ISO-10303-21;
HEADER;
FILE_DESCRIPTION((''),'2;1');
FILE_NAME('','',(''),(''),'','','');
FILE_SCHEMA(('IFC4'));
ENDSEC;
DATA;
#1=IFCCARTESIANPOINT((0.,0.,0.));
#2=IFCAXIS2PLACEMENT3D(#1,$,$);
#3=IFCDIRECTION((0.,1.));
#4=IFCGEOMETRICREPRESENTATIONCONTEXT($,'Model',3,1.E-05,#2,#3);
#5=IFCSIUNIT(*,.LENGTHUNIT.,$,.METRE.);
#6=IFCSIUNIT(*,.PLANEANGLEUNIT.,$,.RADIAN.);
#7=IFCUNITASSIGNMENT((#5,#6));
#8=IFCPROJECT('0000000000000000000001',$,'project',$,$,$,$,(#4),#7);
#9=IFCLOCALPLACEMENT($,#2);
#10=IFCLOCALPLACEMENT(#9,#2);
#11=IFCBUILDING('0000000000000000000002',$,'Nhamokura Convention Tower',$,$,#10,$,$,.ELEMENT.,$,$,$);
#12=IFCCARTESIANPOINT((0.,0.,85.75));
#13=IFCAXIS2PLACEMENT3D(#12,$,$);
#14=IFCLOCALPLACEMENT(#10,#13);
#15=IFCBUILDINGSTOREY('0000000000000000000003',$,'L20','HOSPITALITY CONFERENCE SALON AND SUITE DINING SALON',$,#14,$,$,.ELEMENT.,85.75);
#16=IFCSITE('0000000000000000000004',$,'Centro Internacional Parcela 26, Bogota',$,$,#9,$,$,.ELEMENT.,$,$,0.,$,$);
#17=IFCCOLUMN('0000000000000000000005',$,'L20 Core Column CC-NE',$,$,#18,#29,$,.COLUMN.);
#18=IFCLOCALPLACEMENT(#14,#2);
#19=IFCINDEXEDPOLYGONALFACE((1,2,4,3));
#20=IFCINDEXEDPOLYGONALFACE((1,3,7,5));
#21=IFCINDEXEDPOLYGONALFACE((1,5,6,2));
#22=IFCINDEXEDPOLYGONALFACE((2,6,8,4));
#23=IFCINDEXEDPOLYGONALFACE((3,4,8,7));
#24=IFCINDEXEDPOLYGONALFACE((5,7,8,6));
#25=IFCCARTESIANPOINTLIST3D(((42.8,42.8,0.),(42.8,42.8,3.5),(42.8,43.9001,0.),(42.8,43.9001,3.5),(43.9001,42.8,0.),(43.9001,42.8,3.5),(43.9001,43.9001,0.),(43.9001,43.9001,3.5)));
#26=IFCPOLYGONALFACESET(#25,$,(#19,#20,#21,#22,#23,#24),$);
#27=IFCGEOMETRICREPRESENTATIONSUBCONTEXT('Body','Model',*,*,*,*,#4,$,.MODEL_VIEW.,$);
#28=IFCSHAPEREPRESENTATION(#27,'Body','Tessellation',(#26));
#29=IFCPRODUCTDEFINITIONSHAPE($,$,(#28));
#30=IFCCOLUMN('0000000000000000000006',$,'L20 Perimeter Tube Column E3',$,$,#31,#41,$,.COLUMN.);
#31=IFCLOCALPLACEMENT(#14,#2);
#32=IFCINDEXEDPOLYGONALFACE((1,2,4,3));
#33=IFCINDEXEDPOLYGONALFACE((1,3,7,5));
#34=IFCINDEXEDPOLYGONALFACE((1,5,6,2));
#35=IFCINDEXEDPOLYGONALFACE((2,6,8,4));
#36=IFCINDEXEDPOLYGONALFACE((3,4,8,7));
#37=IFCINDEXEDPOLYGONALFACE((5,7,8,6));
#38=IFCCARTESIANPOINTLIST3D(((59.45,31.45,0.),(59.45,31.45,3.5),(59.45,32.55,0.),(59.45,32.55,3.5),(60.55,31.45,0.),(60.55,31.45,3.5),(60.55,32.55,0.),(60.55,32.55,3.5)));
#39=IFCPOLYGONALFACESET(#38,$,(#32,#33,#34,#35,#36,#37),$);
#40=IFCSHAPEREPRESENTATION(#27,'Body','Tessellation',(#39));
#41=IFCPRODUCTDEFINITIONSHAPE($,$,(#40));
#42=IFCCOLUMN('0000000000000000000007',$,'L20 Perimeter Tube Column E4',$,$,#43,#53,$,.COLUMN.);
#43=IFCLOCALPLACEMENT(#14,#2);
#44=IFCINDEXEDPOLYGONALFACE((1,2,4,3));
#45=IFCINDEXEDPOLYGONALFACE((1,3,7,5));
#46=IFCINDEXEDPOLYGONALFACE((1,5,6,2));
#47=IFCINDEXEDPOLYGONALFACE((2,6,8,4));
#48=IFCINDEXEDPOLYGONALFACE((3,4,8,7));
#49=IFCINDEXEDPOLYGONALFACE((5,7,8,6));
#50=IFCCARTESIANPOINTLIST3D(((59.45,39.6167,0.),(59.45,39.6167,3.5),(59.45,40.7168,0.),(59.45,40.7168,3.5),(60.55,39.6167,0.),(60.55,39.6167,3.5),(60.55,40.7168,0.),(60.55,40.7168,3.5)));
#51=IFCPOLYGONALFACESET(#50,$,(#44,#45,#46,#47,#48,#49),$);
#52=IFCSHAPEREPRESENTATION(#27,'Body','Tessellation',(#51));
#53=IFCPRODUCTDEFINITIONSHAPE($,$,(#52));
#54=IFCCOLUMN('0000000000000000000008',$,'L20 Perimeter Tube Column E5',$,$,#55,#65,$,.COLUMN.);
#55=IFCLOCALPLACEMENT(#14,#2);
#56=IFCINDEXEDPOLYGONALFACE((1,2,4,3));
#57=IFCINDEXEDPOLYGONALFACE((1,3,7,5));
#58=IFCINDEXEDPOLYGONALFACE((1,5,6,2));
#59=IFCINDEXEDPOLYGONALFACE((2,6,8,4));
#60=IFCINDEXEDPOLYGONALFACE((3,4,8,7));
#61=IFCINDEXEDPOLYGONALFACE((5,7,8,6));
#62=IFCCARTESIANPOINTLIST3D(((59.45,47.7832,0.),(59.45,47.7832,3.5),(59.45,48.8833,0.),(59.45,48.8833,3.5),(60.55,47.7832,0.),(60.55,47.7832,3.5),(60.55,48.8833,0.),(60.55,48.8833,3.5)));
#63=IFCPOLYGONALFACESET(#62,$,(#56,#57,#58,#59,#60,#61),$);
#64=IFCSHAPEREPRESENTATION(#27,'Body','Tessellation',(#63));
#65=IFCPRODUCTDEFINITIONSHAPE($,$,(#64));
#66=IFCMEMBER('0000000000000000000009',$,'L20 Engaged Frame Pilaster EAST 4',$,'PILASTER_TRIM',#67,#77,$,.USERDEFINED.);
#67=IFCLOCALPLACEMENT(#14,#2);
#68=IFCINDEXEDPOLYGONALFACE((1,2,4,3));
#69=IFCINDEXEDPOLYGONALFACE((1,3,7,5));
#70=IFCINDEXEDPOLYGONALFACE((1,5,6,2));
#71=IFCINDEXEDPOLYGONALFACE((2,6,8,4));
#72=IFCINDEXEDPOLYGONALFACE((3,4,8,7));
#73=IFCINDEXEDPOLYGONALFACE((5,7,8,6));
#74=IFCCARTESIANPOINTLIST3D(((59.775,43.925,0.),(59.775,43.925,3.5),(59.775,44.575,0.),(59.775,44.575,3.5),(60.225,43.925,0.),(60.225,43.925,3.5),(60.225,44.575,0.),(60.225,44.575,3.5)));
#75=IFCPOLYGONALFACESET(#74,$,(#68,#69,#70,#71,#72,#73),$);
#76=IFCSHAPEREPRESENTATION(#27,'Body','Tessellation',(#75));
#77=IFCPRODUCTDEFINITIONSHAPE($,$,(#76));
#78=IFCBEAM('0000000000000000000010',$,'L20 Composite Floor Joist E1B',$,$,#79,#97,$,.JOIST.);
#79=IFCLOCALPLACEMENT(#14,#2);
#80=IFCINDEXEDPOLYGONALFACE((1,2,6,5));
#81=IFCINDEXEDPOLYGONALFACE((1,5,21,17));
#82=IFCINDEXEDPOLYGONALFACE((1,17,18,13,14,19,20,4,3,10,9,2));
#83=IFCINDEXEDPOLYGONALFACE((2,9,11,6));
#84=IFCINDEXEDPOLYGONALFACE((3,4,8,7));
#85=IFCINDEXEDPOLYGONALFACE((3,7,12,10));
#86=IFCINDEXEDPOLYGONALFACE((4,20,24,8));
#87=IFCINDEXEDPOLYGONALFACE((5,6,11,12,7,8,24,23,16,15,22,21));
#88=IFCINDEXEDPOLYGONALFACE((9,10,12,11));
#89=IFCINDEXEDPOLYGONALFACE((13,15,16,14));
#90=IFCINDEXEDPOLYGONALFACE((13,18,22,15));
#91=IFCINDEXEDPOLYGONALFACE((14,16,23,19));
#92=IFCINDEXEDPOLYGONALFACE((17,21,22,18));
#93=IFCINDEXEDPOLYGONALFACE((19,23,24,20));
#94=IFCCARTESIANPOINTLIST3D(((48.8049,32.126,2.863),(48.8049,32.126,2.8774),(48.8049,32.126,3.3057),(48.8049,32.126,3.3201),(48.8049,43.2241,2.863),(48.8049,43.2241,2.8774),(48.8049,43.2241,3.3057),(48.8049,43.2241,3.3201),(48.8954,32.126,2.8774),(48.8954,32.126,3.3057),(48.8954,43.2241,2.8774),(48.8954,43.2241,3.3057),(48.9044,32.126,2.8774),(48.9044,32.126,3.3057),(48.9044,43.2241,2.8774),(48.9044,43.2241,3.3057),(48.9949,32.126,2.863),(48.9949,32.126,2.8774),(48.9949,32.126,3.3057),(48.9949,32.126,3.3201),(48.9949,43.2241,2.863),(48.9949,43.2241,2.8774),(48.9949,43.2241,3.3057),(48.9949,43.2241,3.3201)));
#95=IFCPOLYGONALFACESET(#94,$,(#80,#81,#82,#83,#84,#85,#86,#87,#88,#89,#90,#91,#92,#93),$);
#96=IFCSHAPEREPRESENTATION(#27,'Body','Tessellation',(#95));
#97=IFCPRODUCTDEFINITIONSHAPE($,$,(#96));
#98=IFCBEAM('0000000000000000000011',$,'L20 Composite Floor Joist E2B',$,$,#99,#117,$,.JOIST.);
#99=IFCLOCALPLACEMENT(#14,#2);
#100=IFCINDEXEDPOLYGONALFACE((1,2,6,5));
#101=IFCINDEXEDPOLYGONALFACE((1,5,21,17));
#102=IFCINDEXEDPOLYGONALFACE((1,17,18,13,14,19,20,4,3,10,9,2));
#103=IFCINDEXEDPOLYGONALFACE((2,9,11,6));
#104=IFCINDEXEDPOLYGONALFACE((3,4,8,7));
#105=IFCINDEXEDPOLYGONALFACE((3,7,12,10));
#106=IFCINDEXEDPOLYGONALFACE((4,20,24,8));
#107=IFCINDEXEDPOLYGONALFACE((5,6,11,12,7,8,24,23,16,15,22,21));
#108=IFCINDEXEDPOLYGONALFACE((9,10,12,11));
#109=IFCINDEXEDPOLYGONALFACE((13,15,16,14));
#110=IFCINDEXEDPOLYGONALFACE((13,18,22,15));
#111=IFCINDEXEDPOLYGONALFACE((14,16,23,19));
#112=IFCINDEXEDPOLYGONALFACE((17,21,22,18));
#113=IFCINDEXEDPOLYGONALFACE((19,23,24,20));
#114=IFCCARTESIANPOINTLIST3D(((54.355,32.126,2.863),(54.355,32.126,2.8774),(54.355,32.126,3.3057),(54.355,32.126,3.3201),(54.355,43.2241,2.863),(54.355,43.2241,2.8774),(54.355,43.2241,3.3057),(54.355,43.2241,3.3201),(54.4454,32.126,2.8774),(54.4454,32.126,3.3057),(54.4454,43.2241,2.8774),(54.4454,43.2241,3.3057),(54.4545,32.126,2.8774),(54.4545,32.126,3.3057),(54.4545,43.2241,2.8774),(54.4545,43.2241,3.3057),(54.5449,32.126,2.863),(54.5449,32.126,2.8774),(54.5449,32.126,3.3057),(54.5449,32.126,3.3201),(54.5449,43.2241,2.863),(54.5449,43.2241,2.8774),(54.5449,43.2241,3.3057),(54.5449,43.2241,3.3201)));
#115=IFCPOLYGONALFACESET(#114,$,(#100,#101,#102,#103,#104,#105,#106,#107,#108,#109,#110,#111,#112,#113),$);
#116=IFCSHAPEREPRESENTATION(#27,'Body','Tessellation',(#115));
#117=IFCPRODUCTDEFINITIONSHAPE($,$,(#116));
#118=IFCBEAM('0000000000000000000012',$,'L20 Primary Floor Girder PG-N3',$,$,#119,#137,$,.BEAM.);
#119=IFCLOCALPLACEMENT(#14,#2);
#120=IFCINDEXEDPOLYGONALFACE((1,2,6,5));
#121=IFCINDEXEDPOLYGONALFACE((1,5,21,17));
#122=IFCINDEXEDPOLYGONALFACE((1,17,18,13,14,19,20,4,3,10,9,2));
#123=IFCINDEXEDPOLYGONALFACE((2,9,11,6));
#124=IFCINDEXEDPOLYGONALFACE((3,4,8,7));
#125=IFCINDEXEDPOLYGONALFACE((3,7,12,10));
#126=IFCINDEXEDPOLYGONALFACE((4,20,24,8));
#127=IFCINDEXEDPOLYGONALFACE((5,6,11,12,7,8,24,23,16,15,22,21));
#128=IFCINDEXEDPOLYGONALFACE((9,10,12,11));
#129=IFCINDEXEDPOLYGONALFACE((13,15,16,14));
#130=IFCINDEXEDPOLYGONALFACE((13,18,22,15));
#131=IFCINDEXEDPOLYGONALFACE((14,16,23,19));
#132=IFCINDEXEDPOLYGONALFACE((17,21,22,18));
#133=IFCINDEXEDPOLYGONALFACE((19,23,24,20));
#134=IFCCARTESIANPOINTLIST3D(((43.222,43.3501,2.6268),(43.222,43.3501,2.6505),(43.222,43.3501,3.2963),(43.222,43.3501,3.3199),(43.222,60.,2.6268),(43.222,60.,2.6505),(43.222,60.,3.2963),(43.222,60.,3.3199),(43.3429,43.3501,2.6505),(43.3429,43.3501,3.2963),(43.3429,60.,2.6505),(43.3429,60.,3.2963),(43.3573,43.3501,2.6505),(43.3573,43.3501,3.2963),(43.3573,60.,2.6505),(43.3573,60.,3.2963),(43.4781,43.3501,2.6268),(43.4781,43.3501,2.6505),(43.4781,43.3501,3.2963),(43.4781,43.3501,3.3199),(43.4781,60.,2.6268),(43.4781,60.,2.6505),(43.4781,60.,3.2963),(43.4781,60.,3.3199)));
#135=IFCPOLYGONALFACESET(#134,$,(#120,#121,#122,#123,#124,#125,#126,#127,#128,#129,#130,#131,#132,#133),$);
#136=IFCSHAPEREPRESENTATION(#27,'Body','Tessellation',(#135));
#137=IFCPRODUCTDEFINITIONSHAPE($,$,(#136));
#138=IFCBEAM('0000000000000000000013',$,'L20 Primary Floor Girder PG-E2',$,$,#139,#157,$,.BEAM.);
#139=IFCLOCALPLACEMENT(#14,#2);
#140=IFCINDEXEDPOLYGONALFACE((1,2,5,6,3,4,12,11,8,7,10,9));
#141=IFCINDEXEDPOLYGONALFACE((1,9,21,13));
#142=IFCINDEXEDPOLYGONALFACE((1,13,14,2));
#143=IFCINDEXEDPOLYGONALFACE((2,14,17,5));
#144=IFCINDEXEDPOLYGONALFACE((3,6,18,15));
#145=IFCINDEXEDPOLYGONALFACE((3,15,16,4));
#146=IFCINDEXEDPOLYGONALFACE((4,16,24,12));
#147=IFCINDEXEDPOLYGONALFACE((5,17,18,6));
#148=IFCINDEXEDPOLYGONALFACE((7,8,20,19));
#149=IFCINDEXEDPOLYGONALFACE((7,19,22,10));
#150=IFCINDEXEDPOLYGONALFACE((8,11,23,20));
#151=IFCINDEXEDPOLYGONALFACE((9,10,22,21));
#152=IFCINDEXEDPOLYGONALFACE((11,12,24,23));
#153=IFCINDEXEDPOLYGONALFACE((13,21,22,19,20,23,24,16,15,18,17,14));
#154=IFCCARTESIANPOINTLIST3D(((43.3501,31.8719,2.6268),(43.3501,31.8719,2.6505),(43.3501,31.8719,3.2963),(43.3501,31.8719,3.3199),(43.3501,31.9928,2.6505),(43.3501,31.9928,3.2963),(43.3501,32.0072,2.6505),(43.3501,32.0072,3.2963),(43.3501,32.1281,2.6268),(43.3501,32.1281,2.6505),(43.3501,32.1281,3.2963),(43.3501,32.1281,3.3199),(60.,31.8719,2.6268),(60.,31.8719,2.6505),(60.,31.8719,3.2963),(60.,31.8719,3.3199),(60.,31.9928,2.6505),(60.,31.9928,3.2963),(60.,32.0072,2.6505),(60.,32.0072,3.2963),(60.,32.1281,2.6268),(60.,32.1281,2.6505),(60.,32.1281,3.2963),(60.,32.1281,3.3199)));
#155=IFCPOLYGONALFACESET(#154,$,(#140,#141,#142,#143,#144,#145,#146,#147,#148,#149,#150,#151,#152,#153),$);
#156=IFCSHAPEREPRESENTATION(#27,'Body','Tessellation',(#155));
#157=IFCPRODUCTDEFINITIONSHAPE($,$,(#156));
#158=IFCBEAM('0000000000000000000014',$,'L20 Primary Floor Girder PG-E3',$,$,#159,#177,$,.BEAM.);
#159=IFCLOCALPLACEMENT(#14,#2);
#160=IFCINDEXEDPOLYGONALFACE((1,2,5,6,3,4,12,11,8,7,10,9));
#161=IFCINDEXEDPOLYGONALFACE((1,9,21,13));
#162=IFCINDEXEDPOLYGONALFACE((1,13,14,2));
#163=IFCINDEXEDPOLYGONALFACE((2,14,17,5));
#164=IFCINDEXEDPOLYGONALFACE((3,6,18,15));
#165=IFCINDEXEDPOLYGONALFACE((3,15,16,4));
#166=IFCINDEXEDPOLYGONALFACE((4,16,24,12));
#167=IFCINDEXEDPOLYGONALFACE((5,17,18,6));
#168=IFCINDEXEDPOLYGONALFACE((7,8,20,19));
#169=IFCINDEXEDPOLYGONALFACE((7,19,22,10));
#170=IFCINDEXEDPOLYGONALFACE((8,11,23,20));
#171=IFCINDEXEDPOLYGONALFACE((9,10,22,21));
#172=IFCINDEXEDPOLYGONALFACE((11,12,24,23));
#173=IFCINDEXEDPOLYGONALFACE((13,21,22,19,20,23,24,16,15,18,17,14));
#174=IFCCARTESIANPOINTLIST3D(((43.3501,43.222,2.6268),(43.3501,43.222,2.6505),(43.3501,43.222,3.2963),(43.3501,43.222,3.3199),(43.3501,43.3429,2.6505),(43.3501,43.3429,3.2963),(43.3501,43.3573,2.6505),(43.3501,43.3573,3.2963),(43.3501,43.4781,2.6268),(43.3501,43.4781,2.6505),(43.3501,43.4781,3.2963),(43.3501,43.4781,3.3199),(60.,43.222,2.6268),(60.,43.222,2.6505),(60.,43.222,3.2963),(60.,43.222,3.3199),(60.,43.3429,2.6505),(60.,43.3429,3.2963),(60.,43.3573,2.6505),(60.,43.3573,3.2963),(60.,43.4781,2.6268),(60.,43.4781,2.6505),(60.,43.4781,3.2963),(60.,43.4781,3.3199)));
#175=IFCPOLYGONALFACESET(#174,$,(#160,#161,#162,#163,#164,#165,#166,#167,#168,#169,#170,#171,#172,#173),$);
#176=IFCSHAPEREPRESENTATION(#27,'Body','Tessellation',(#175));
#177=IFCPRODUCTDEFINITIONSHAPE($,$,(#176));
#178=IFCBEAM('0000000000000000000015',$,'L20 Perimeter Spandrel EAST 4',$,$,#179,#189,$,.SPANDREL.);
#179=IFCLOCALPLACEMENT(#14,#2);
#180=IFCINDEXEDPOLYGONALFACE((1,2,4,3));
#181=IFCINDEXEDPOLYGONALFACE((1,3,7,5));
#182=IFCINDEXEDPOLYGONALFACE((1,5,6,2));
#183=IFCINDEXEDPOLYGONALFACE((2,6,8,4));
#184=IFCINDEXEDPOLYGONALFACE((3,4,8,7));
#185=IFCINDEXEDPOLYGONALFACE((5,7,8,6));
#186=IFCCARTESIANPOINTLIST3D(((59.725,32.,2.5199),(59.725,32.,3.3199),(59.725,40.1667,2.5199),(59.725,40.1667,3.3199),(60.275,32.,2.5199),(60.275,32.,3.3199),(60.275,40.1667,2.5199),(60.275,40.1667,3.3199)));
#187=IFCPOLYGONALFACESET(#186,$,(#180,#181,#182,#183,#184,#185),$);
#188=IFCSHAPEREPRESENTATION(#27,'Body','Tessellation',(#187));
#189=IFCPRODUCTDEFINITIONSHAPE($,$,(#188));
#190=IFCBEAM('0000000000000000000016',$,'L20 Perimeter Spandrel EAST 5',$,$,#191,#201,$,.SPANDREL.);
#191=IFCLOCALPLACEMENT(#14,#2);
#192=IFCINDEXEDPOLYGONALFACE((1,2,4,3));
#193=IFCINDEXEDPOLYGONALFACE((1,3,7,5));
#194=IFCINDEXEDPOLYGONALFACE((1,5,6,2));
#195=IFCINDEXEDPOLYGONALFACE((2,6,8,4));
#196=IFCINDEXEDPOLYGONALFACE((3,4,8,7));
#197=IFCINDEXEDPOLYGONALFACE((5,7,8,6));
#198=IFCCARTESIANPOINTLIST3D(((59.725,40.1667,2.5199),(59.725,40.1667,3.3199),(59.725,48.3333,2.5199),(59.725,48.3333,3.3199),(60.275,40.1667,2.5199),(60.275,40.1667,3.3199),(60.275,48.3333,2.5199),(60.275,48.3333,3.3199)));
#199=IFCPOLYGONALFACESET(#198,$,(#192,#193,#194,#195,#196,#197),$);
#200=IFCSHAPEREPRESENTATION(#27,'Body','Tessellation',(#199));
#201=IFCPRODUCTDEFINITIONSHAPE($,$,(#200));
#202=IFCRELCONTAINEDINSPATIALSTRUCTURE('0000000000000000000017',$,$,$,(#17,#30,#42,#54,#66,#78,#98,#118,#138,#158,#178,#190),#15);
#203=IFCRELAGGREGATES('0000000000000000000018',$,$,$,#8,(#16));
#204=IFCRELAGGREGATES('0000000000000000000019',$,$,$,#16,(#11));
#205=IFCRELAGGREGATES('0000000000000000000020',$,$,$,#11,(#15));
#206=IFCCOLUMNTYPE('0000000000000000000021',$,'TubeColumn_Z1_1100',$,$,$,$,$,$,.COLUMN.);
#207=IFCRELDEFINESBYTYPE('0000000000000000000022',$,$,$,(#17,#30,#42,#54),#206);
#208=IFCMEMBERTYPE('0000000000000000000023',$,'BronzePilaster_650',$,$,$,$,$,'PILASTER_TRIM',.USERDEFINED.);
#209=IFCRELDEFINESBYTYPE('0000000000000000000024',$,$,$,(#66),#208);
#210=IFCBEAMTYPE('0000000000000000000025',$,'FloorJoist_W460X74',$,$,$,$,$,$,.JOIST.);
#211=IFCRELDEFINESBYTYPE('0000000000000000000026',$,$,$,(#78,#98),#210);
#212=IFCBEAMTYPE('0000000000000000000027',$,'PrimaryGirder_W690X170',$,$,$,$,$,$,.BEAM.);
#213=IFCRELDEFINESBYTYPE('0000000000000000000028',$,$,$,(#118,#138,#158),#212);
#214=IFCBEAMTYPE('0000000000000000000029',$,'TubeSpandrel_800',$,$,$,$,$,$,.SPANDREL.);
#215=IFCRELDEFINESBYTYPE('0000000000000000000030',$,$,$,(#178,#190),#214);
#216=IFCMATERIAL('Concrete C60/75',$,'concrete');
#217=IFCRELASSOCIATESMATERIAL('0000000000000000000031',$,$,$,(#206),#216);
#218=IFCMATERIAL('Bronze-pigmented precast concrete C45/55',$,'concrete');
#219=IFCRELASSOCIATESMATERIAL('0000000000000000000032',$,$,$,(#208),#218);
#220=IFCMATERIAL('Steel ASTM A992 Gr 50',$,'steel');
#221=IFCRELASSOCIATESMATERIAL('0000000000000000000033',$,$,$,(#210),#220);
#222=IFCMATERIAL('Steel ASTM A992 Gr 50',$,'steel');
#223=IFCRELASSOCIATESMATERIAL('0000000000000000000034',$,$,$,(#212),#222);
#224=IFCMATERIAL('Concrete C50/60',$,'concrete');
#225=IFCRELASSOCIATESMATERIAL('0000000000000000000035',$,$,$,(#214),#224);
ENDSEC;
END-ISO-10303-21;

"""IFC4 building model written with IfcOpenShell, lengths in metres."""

from ifc_helpers import new_model, si_unit, direction, frame, origin, origin_2d, place, context, subcontext, project, spatial, rectangle, i_section, extrude, material, material_profile, profile_set, type_object, element, save


model = new_model("IFC4")

# Units and contexts
model_context = context("Model", 3, precision=1e-05, world=origin(), true_north=direction((0.0, 1.0)))
body_context = subcontext(model_context, "Body", "Model", "MODEL_VIEW")
ifc_project = project(units=[si_unit("LENGTHUNIT", "METRE"), si_unit("PLANEANGLEUNIT", "RADIAN")], contexts=[model_context])

# Site, building, storey
site_placement = place(None, origin())
site = spatial("IfcSite", under=ifc_project, at=site_placement, Name="Centro Internacional Parcela 26, Bogota", CompositionType="ELEMENT", RefElevation=0.0)
building_placement = place(site_placement, origin())
building = spatial("IfcBuilding", under=site, at=building_placement, Name="Nhamokura Convention Tower", CompositionType="ELEMENT")
storey_placement = place(building_placement, frame((0.0, 0.0, 85.75)))
storey = spatial("IfcBuildingStorey", under=building, at=storey_placement, Name="L20", Description="HOSPITALITY CONFERENCE SALON AND SUITE DINING SALON", CompositionType="ELEMENT", Elevation=85.75)

# Columns
ifc_material_1 = material(Name="Concrete C60/75", Category="concrete")
ifc_material_profile_1 = material_profile(ifc_material_1, rectangle(XDim=1.1001, YDim=1.1001, at=origin_2d()))
ifc_profile_set_1 = profile_set([ifc_material_profile_1], Name="Concrete C60/75")
column_type = type_object("IfcColumnType", Name="TubeColumn_Z1_1100", PredefinedType="COLUMN", material=ifc_profile_set_1)
for number, where, z_axis, x_axis, name in (
    (1, (43.3501, 43.3501, 0.0), (0.0, 0.0, 1.0), (1.0, 0.0, 0.0), "L20 Core Column CC-NE"),
    (2, (60.0, 32.0, 0.0), (0.0, 0.0, 1.0), (1.0, 0.0, 0.0), "L20 Perimeter Tube Column E3"),
    (3, (60.0, 40.1667, 0.0), (0.0, 0.0, 1.0), (1.0, 0.0, 0.0), "L20 Perimeter Tube Column E4"),
    (4, (60.0, 48.3333, 0.0), (0.0, 0.0, 1.0), (1.0, 0.0, 0.0), "L20 Perimeter Tube Column E5"),
):
    element("IfcColumn", number, at=place(storey_placement, frame(where, z_axis=z_axis, x_axis=x_axis)), inside=storey, type_object=column_type, Name=name, PredefinedType="COLUMN", context=body_context, shape_type="SweptSolid", body=[
        extrude(rectangle(XDim=1.1001, YDim=1.1001, at=origin_2d()), origin(), (0.0, 0.0, 1.0), 3.5),
    ])

# Member
ifc_material_2 = material(Name="Bronze-pigmented precast concrete C45/55", Category="concrete")
ifc_material_profile_2 = material_profile(ifc_material_2, rectangle(XDim=0.45, YDim=0.6499, at=origin_2d()))
ifc_profile_set_2 = profile_set([ifc_material_profile_2], Name="Bronze-pigmented precast concrete C45/55")
member_type = type_object("IfcMemberType", Name="BronzePilaster_650", ElementType="PILASTER_TRIM", PredefinedType="USERDEFINED", material=ifc_profile_set_2)
member_placement = place(storey_placement, frame((60.0, 44.25, 0.0), z_axis=(0.0, 0.0, 1.0), x_axis=(1.0, 0.0, 0.0)))
element("IfcMember", 5, at=member_placement, inside=storey, type_object=member_type, Name="L20 Engaged Frame Pilaster EAST 4", ObjectType="PILASTER_TRIM", PredefinedType="USERDEFINED", context=body_context, shape_type="SweptSolid", body=[
    extrude(rectangle(XDim=0.45, YDim=0.6499, at=origin_2d()), origin(), (0.0, 0.0, 1.0), 3.5),
])

# Beams
ifc_material_3 = material(Name="Steel ASTM A992 Gr 50", Category="steel")
ifc_material_profile_3 = material_profile(ifc_material_3, i_section(OverallWidth=0.1899, OverallDepth=0.457, WebThickness=0.009, FlangeThickness=0.0144, at=origin_2d()))
ifc_profile_set_3 = profile_set([ifc_material_profile_3], Name="Steel ASTM A992 Gr 50")
beam_type_1 = type_object("IfcBeamType", Name="FloorJoist_W460X74", PredefinedType="JOIST", material=ifc_profile_set_3)
for number, where, z_axis, x_axis, name in (
    (6, (48.8999, 32.126, 3.0916), (0.0, 1.0, 0.0), (-1.0, 0.0, 0.0), "L20 Composite Floor Joist E1B"),
    (7, (54.45, 32.126, 3.0916), (0.0, 1.0, 0.0), (-1.0, 0.0, 0.0), "L20 Composite Floor Joist E2B"),
):
    element("IfcBeam", number, at=place(storey_placement, frame(where, z_axis=z_axis, x_axis=x_axis)), inside=storey, type_object=beam_type_1, Name=name, PredefinedType="JOIST", context=body_context, shape_type="SweptSolid", body=[
        extrude(i_section(OverallWidth=0.1899, OverallDepth=0.457, WebThickness=0.009, FlangeThickness=0.0144, at=origin_2d()), origin(), (0.0, 0.0, 1.0), 11.0981),
    ])
ifc_material_4 = material(Name="Steel ASTM A992 Gr 50", Category="steel")
ifc_material_profile_4 = material_profile(ifc_material_4, i_section(OverallWidth=0.2561, OverallDepth=0.6931, WebThickness=0.0144, FlangeThickness=0.0237, at=origin_2d()))
ifc_profile_set_4 = profile_set([ifc_material_profile_4], Name="Steel ASTM A992 Gr 50")
beam_type_2 = type_object("IfcBeamType", Name="PrimaryGirder_W690X170", PredefinedType="BEAM", material=ifc_profile_set_4)
for number, where, z_axis, x_axis, name in (
    (8, (43.3501, 43.3501, 2.9734), (0.0, 1.0, 0.0), (-1.0, 0.0, 0.0), "L20 Primary Floor Girder PG-N3"),
    (9, (43.3501, 32.0, 2.9734), (1.0, 0.0, 0.0), (0.0, 1.0, 0.0), "L20 Primary Floor Girder PG-E2"),
    (10, (43.3501, 43.3501, 2.9734), (1.0, 0.0, 0.0), (0.0, 1.0, 0.0), "L20 Primary Floor Girder PG-E3"),
):
    element("IfcBeam", number, at=place(storey_placement, frame(where, z_axis=z_axis, x_axis=x_axis)), inside=storey, type_object=beam_type_2, Name=name, PredefinedType="BEAM", context=body_context, shape_type="SweptSolid", body=[
        extrude(i_section(OverallWidth=0.2561, OverallDepth=0.6931, WebThickness=0.0144, FlangeThickness=0.0237, at=origin_2d()), origin(), (0.0, 0.0, 1.0), 16.6499),
    ])
ifc_material_5 = material(Name="Concrete C50/60", Category="concrete")
ifc_material_profile_5 = material_profile(ifc_material_5, rectangle(XDim=0.55, YDim=0.8, at=origin_2d()))
ifc_profile_set_5 = profile_set([ifc_material_profile_5], Name="Concrete C50/60")
beam_type_3 = type_object("IfcBeamType", Name="TubeSpandrel_800", PredefinedType="SPANDREL", material=ifc_profile_set_5)
beam_1_placement = place(storey_placement, frame((60.0, 32.0, 2.9199), z_axis=(0.0, 1.0, 0.0), x_axis=(-1.0, 0.0, 0.0)))
element("IfcBeam", 11, at=beam_1_placement, inside=storey, type_object=beam_type_3, Name="L20 Perimeter Spandrel EAST 4", PredefinedType="SPANDREL", context=body_context, shape_type="SweptSolid", body=[
    extrude(rectangle(XDim=0.55, YDim=0.8, at=origin_2d()), origin(), (0.0, 0.0, 1.0), 8.1667),
])
beam_2_placement = place(storey_placement, frame((60.0, 40.1667, 2.9199), z_axis=(0.0, 1.0, 0.0), x_axis=(-1.0, 0.0, 0.0)))
element("IfcBeam", 12, at=beam_2_placement, inside=storey, type_object=beam_type_3, Name="L20 Perimeter Spandrel EAST 5", PredefinedType="SPANDREL", context=body_context, shape_type="SweptSolid", body=[
    extrude(rectangle(XDim=0.55, YDim=0.8, at=origin_2d()), origin(), (0.0, 0.0, 1.0), 8.1665),
])

save(model, "model.ifc")
